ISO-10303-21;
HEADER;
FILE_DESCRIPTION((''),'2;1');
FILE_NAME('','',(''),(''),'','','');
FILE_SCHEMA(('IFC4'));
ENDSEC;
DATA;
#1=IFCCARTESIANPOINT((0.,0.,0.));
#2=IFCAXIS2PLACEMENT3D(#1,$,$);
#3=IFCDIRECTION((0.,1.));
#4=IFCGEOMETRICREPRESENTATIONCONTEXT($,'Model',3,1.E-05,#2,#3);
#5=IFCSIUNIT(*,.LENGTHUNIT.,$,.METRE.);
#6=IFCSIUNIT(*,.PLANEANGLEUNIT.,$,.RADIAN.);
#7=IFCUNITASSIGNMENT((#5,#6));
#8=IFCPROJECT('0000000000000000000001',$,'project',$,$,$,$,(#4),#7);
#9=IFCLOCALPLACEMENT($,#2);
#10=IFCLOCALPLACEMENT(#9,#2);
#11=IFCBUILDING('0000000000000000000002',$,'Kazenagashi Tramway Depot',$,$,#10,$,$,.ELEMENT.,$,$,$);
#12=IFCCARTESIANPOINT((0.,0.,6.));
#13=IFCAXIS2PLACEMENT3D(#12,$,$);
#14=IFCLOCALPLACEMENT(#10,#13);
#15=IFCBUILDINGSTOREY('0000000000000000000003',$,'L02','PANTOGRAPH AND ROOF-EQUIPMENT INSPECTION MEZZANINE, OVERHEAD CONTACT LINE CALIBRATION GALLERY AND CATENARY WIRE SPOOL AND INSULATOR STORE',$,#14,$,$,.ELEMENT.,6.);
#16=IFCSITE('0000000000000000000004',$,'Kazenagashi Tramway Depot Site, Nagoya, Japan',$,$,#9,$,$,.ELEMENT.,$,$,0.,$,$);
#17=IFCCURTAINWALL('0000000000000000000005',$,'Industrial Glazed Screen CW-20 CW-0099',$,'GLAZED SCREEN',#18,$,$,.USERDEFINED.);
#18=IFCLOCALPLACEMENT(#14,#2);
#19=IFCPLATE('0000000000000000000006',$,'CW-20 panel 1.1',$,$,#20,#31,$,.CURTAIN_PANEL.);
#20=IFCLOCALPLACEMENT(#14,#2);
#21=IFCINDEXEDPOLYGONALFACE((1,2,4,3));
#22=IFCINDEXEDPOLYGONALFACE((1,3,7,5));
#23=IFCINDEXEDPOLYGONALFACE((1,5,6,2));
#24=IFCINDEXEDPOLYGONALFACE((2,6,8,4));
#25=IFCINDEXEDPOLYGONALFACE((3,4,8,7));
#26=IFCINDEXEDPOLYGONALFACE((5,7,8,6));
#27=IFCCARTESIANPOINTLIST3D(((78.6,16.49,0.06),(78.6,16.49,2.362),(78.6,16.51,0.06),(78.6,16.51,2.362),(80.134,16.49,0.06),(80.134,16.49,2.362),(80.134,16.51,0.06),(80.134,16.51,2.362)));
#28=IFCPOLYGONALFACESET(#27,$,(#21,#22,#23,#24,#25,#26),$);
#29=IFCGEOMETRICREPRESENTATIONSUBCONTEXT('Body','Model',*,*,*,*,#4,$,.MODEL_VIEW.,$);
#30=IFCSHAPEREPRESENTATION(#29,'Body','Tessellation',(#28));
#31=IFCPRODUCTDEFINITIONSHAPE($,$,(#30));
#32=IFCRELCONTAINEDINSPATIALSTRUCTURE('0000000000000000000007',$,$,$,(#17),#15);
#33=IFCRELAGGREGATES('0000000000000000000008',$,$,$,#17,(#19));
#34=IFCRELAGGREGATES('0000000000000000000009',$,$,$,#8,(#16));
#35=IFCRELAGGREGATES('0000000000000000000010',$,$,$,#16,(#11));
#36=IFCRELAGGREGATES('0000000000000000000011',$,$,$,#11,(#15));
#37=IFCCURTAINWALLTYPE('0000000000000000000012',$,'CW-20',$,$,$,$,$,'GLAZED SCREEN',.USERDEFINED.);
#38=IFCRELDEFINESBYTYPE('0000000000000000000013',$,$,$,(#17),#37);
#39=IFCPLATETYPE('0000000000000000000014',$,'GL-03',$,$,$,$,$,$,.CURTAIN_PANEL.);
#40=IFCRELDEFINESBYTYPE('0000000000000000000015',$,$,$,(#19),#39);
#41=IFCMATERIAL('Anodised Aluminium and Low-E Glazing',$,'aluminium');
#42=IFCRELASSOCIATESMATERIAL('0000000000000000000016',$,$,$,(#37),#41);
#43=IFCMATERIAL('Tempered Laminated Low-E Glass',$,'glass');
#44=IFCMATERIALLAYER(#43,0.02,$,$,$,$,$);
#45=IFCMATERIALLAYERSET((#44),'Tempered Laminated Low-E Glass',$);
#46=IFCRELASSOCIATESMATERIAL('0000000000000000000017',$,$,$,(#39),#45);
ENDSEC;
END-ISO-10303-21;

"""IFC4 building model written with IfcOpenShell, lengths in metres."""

from ifc_helpers import new_model, si_unit, direction, frame, origin, origin_2d, place, context, subcontext, project, spatial, rectangle, extrude, material, layer, layer_set, type_object, element, aggregate, save


model = new_model("IFC4")

# Units and contexts
model_context = context("Model", 3, precision=1e-05, world=origin(), true_north=direction((0.0, 1.0)))
body_context = subcontext(model_context, "Body", "Model", "MODEL_VIEW")
ifc_project = project(units=[si_unit("LENGTHUNIT", "METRE"), si_unit("PLANEANGLEUNIT", "RADIAN")], contexts=[model_context])

# Site, building, storey
site_placement = place(None, origin())
site = spatial("IfcSite", under=ifc_project, at=site_placement, Name="Kazenagashi Tramway Depot Site, Nagoya, Japan", CompositionType="ELEMENT", RefElevation=0.0)
building_placement = place(site_placement, origin())
building = spatial("IfcBuilding", under=site, at=building_placement, Name="Kazenagashi Tramway Depot", CompositionType="ELEMENT")
storey_placement = place(building_placement, frame((0.0, 0.0, 6.0)))
storey = spatial("IfcBuildingStorey", under=building, at=storey_placement, Name="L02", Description="PANTOGRAPH AND ROOF-EQUIPMENT INSPECTION MEZZANINE, OVERHEAD CONTACT LINE CALIBRATION GALLERY AND CATENARY WIRE SPOOL AND INSULATOR STORE", CompositionType="ELEMENT", Elevation=6.0)

# Shared definitions
ifc_material_1 = material(Name="Anodised Aluminium and Low-E Glazing", Category="aluminium")
curtain_wall_type = type_object("IfcCurtainWallType", Name="CW-20", ElementType="GLAZED SCREEN", PredefinedType="USERDEFINED", material=ifc_material_1)

# Curtain wall
curtain_wall_1_placement = place(storey_placement, origin())
curtain_wall_1 = element("IfcCurtainWall", 1, at=curtain_wall_1_placement, inside=storey, type_object=curtain_wall_type, Name="Industrial Glazed Screen CW-20 CW-0099", ObjectType="GLAZED SCREEN", PredefinedType="USERDEFINED")

# Plate
ifc_material_2 = material(Name="Tempered Laminated Low-E Glass", Category="glass")
ifc_layer_1 = layer(ifc_material_2, 0.02)
ifc_layer_set_1 = layer_set([ifc_layer_1], Name="Tempered Laminated Low-E Glass")
plate_type_1 = type_object("IfcPlateType", Name="GL-03", PredefinedType="CURTAIN_PANEL", material=ifc_layer_set_1)
plate_1_placement = place(storey_placement, frame((79.367, 16.5, 0.06), z_axis=(0.0, 0.0, 1.0), x_axis=(1.0, 0.0, 0.0)))
plate_1 = element("IfcPlate", 2, at=plate_1_placement, type_object=plate_type_1, Name="CW-20 panel 1.1", PredefinedType="CURTAIN_PANEL", context=body_context, shape_type="SweptSolid", body=[
    extrude(rectangle(XDim=1.534, YDim=0.02, at=origin_2d()), origin(), (0.0, 0.0, 1.0), 2.302),
])
aggregate(curtain_wall_1, [plate_1])

save(model, "model.ifc")
